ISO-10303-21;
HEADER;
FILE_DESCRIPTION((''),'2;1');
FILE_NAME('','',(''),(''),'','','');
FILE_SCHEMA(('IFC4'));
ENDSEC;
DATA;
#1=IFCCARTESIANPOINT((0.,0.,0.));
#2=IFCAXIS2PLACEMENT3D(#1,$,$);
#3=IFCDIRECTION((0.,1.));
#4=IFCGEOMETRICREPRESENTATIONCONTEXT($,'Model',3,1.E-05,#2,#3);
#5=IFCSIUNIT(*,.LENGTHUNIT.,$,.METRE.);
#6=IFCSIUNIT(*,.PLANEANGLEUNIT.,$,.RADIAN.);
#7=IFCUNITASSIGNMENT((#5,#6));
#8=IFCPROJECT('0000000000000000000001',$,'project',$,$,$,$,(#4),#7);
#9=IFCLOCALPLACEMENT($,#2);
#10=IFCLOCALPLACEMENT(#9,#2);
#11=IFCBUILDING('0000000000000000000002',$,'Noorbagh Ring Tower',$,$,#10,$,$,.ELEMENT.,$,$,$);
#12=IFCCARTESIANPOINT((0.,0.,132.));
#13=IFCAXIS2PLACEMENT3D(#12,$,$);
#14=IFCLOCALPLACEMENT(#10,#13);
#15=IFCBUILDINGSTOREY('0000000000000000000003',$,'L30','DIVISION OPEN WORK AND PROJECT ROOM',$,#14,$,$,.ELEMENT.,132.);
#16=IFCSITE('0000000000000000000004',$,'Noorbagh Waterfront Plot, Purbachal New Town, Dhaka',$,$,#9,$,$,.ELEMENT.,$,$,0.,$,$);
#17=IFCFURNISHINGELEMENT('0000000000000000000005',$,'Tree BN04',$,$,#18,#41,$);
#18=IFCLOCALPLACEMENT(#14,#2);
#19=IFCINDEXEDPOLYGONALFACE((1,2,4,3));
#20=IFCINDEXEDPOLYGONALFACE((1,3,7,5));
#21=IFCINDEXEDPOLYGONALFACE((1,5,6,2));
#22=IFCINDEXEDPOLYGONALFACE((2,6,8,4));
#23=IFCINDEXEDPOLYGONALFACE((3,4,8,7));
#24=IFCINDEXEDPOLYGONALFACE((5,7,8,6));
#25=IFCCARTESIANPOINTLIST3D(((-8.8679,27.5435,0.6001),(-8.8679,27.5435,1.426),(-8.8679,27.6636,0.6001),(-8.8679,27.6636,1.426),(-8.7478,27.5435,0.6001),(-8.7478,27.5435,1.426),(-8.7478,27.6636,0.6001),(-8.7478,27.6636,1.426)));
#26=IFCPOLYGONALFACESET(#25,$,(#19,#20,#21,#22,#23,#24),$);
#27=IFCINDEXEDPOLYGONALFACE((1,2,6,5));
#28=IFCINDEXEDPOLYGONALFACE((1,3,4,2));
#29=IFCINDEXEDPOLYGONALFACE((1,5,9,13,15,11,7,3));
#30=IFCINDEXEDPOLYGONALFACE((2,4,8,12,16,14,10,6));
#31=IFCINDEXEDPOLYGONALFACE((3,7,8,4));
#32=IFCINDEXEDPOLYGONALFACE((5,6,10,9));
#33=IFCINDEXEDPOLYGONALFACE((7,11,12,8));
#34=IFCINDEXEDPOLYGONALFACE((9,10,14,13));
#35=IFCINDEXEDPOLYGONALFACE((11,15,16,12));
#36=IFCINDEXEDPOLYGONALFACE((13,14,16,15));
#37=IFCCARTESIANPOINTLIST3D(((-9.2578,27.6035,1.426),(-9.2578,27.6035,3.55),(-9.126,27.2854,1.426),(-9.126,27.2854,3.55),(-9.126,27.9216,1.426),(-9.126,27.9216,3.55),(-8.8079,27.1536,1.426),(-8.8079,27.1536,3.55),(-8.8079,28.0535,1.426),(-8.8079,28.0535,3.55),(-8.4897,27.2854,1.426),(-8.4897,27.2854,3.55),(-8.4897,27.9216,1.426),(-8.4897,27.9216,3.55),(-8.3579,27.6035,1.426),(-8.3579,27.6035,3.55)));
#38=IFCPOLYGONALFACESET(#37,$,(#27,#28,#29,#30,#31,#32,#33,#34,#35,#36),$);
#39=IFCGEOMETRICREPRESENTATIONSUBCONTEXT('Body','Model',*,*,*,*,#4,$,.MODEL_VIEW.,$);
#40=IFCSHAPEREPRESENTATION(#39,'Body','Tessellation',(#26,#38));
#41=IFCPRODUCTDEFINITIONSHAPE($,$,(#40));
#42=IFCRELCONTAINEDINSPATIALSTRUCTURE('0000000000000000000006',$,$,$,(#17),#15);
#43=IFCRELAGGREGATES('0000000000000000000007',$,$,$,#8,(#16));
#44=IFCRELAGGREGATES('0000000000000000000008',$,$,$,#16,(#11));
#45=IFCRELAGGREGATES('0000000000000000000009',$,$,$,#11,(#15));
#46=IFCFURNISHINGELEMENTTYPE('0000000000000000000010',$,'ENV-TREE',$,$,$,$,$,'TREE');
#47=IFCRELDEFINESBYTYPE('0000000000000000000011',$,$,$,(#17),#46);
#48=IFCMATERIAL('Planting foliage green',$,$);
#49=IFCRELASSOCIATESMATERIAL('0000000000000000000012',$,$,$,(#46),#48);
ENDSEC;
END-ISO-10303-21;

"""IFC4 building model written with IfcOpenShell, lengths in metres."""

from ifc_helpers import new_model, si_unit, direction, frame, origin, origin_2d, place, context, subcontext, project, spatial, polyline, rectangle, outline, extrude, material, type_object, element, save


model = new_model("IFC4")

# Units and contexts
model_context = context("Model", 3, precision=1e-05, world=origin(), true_north=direction((0.0, 1.0)))
body_context = subcontext(model_context, "Body", "Model", "MODEL_VIEW")
ifc_project = project(units=[si_unit("LENGTHUNIT", "METRE"), si_unit("PLANEANGLEUNIT", "RADIAN")], contexts=[model_context])

# Site, building, storey
site_placement = place(None, origin())
site = spatial("IfcSite", under=ifc_project, at=site_placement, Name="Noorbagh Waterfront Plot, Purbachal New Town, Dhaka", CompositionType="ELEMENT", RefElevation=0.0)
building_placement = place(site_placement, origin())
building = spatial("IfcBuilding", under=site, at=building_placement, Name="Noorbagh Ring Tower", CompositionType="ELEMENT")
storey_placement = place(building_placement, frame((0.0, 0.0, 132.0)))
storey = spatial("IfcBuildingStorey", under=building, at=storey_placement, Name="L30", Description="DIVISION OPEN WORK AND PROJECT ROOM", CompositionType="ELEMENT", Elevation=132.0)

# Furnishing element
ifc_material_1 = material(Name="Planting foliage green")
furnishing_element_type = type_object("IfcFurnishingElementType", Name="ENV-TREE", ElementType="TREE", material=ifc_material_1)
furnishing_placement = place(storey_placement, frame((-8.8079, 27.6035, 0.6001), z_axis=(0.0, 0.0, 1.0), x_axis=(1.0, 0.0, 0.0)))
element("IfcFurnishingElement", 1, at=furnishing_placement, inside=storey, type_object=furnishing_element_type, Name="Tree BN04", context=body_context, shape_type="SweptSolid", body=[
    extrude(rectangle(XDim=0.1201, YDim=0.1201, at=origin_2d()), origin(), (0.0, 0.0, 1.0), 0.8259),
    extrude(outline(polyline([(0.45, 0.0), (0.3181, 0.3181), (0.0, 0.45), (-0.3181, 0.3181), (-0.45, 0.0), (-0.3181, -0.3181), (0.0, -0.45), (0.3181, -0.3181), (0.45, 0.0)])), frame((0.0, 0.0, 0.8259)), (0.0, 0.0, 1.0), 2.124),
])

save(model, "model.ifc")
